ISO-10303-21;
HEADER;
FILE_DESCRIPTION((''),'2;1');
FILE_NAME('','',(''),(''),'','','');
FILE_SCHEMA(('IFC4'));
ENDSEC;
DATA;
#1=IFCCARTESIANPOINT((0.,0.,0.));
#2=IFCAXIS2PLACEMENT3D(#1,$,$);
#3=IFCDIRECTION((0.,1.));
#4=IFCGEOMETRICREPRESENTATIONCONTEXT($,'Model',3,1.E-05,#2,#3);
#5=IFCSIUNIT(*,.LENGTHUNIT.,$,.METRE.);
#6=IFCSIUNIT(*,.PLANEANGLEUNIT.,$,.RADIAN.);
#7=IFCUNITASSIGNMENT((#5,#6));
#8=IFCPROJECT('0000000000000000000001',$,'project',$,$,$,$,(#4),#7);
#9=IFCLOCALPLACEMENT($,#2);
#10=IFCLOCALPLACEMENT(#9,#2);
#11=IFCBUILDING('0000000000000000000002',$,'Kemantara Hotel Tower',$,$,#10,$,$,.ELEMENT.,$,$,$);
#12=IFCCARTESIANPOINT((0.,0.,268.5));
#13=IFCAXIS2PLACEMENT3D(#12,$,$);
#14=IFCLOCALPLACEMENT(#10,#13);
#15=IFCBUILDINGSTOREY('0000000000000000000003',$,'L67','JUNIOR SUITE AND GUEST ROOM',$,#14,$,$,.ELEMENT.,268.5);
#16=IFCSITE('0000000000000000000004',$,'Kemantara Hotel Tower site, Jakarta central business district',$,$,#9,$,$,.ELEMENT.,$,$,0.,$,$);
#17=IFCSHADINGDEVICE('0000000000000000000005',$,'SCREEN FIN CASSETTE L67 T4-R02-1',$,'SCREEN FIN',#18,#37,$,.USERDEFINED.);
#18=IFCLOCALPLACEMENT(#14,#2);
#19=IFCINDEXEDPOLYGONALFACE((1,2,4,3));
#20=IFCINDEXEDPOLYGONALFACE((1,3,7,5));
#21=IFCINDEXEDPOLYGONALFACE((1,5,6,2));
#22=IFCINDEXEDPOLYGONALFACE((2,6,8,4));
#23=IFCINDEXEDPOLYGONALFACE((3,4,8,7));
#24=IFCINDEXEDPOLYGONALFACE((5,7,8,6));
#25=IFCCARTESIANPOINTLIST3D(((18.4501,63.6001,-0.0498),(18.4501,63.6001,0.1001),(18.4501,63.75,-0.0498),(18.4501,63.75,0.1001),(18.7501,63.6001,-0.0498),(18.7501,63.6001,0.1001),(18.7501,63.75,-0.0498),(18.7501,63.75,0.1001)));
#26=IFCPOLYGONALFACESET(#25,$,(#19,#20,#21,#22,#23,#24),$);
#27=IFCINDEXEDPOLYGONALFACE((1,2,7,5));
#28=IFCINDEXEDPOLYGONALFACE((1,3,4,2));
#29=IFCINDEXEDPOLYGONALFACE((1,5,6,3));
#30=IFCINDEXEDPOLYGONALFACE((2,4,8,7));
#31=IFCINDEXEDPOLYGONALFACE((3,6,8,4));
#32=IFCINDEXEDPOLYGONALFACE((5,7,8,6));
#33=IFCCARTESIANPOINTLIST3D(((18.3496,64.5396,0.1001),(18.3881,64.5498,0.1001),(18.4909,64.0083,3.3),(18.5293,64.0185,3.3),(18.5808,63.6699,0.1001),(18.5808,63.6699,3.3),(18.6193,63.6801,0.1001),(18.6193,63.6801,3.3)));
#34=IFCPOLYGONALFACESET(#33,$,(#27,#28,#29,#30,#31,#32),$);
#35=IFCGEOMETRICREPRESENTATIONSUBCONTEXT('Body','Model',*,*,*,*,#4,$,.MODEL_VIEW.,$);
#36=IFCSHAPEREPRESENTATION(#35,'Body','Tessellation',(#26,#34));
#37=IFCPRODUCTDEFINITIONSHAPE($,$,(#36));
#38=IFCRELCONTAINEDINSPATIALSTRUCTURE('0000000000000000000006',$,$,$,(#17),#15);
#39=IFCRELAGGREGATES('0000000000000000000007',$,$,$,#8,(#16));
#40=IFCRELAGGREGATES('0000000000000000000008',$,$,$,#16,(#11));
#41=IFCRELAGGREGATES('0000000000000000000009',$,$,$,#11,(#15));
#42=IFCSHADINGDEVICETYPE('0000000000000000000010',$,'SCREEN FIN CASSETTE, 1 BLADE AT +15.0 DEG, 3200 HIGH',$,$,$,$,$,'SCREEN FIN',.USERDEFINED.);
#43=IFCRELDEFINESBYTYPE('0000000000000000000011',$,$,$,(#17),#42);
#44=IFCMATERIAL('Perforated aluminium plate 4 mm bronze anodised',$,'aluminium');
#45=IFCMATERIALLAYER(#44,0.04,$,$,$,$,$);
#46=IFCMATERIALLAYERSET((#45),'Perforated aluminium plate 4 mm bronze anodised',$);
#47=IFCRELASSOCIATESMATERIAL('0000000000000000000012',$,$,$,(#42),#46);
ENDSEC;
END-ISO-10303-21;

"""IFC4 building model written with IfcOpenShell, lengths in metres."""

from ifc_helpers import new_model, si_unit, direction, frame, origin, origin_2d, place, context, subcontext, project, spatial, polyline, rectangle, outline, extrude, source, transform, mapped, material, layer, layer_set, type_object, element, save


model = new_model("IFC4")

# Units and contexts
model_context = context("Model", 3, precision=1e-05, world=origin(), true_north=direction((0.0, 1.0)))
body_context = subcontext(model_context, "Body", "Model", "MODEL_VIEW")
ifc_project = project(units=[si_unit("LENGTHUNIT", "METRE"), si_unit("PLANEANGLEUNIT", "RADIAN")], contexts=[model_context])

# Site, building, storey
site_placement = place(None, origin())
site = spatial("IfcSite", under=ifc_project, at=site_placement, Name="Kemantara Hotel Tower site, Jakarta central business district", CompositionType="ELEMENT", RefElevation=0.0)
building_placement = place(site_placement, origin())
building = spatial("IfcBuilding", under=site, at=building_placement, Name="Kemantara Hotel Tower", CompositionType="ELEMENT")
storey_placement = place(building_placement, frame((0.0, 0.0, 268.5)))
storey = spatial("IfcBuildingStorey", under=building, at=storey_placement, Name="L67", Description="JUNIOR SUITE AND GUEST ROOM", CompositionType="ELEMENT", Elevation=268.5)

# Shading device
ifc_material_1 = material(Name="Perforated aluminium plate 4 mm bronze anodised", Category="aluminium")
ifc_layer_1 = layer(ifc_material_1, 0.04)
ifc_layer_set_1 = layer_set([ifc_layer_1], Name="Perforated aluminium plate 4 mm bronze anodised")
shading_device_type_1 = type_object("IfcShadingDeviceType", Name="SCREEN FIN CASSETTE, 1 BLADE AT +15.0 DEG, 3200 HIGH", ElementType="SCREEN FIN", PredefinedType="USERDEFINED", material=ifc_layer_set_1)
shared_shape_1 = source(origin(), body_context, "Body", "SweptSolid", [
    extrude(rectangle(XDim=0.3, YDim=0.1499, at=origin_2d()), frame((0.0, -0.075, -0.1499), z_axis=(0.0, 0.0, 1.0), x_axis=(1.0, 0.0, 0.0)), (0.0, 0.0, 1.0), 0.1499),
    extrude(outline(polyline([(0.0, 0.0), (0.8999, 0.0), (0.3501, 3.2), (0.0, 3.2), (0.0, 0.0)])), frame((0.0193, -0.0698, 0.0), z_axis=(-0.966438, -0.256901, 0.0), x_axis=(0.256901, -0.966438, 0.0)), (0.0, 0.0, 1.0), 0.0398),
])
shading_device_1_placement = place(storey_placement, frame((18.6001, 63.6001, 0.1001), z_axis=(0.0, 0.0, 1.0), x_axis=(-1.0, 0.0, 0.0)))
element("IfcShadingDevice", 1, at=shading_device_1_placement, inside=storey, type_object=shading_device_type_1, Name="SCREEN FIN CASSETTE L67 T4-R02-1", ObjectType="SCREEN FIN", PredefinedType="USERDEFINED", context=body_context, shape_type="MappedRepresentation", body=[
    mapped(shared_shape_1, transform((0.0, 0.0, 0.0))),
])

save(model, "model.ifc")
